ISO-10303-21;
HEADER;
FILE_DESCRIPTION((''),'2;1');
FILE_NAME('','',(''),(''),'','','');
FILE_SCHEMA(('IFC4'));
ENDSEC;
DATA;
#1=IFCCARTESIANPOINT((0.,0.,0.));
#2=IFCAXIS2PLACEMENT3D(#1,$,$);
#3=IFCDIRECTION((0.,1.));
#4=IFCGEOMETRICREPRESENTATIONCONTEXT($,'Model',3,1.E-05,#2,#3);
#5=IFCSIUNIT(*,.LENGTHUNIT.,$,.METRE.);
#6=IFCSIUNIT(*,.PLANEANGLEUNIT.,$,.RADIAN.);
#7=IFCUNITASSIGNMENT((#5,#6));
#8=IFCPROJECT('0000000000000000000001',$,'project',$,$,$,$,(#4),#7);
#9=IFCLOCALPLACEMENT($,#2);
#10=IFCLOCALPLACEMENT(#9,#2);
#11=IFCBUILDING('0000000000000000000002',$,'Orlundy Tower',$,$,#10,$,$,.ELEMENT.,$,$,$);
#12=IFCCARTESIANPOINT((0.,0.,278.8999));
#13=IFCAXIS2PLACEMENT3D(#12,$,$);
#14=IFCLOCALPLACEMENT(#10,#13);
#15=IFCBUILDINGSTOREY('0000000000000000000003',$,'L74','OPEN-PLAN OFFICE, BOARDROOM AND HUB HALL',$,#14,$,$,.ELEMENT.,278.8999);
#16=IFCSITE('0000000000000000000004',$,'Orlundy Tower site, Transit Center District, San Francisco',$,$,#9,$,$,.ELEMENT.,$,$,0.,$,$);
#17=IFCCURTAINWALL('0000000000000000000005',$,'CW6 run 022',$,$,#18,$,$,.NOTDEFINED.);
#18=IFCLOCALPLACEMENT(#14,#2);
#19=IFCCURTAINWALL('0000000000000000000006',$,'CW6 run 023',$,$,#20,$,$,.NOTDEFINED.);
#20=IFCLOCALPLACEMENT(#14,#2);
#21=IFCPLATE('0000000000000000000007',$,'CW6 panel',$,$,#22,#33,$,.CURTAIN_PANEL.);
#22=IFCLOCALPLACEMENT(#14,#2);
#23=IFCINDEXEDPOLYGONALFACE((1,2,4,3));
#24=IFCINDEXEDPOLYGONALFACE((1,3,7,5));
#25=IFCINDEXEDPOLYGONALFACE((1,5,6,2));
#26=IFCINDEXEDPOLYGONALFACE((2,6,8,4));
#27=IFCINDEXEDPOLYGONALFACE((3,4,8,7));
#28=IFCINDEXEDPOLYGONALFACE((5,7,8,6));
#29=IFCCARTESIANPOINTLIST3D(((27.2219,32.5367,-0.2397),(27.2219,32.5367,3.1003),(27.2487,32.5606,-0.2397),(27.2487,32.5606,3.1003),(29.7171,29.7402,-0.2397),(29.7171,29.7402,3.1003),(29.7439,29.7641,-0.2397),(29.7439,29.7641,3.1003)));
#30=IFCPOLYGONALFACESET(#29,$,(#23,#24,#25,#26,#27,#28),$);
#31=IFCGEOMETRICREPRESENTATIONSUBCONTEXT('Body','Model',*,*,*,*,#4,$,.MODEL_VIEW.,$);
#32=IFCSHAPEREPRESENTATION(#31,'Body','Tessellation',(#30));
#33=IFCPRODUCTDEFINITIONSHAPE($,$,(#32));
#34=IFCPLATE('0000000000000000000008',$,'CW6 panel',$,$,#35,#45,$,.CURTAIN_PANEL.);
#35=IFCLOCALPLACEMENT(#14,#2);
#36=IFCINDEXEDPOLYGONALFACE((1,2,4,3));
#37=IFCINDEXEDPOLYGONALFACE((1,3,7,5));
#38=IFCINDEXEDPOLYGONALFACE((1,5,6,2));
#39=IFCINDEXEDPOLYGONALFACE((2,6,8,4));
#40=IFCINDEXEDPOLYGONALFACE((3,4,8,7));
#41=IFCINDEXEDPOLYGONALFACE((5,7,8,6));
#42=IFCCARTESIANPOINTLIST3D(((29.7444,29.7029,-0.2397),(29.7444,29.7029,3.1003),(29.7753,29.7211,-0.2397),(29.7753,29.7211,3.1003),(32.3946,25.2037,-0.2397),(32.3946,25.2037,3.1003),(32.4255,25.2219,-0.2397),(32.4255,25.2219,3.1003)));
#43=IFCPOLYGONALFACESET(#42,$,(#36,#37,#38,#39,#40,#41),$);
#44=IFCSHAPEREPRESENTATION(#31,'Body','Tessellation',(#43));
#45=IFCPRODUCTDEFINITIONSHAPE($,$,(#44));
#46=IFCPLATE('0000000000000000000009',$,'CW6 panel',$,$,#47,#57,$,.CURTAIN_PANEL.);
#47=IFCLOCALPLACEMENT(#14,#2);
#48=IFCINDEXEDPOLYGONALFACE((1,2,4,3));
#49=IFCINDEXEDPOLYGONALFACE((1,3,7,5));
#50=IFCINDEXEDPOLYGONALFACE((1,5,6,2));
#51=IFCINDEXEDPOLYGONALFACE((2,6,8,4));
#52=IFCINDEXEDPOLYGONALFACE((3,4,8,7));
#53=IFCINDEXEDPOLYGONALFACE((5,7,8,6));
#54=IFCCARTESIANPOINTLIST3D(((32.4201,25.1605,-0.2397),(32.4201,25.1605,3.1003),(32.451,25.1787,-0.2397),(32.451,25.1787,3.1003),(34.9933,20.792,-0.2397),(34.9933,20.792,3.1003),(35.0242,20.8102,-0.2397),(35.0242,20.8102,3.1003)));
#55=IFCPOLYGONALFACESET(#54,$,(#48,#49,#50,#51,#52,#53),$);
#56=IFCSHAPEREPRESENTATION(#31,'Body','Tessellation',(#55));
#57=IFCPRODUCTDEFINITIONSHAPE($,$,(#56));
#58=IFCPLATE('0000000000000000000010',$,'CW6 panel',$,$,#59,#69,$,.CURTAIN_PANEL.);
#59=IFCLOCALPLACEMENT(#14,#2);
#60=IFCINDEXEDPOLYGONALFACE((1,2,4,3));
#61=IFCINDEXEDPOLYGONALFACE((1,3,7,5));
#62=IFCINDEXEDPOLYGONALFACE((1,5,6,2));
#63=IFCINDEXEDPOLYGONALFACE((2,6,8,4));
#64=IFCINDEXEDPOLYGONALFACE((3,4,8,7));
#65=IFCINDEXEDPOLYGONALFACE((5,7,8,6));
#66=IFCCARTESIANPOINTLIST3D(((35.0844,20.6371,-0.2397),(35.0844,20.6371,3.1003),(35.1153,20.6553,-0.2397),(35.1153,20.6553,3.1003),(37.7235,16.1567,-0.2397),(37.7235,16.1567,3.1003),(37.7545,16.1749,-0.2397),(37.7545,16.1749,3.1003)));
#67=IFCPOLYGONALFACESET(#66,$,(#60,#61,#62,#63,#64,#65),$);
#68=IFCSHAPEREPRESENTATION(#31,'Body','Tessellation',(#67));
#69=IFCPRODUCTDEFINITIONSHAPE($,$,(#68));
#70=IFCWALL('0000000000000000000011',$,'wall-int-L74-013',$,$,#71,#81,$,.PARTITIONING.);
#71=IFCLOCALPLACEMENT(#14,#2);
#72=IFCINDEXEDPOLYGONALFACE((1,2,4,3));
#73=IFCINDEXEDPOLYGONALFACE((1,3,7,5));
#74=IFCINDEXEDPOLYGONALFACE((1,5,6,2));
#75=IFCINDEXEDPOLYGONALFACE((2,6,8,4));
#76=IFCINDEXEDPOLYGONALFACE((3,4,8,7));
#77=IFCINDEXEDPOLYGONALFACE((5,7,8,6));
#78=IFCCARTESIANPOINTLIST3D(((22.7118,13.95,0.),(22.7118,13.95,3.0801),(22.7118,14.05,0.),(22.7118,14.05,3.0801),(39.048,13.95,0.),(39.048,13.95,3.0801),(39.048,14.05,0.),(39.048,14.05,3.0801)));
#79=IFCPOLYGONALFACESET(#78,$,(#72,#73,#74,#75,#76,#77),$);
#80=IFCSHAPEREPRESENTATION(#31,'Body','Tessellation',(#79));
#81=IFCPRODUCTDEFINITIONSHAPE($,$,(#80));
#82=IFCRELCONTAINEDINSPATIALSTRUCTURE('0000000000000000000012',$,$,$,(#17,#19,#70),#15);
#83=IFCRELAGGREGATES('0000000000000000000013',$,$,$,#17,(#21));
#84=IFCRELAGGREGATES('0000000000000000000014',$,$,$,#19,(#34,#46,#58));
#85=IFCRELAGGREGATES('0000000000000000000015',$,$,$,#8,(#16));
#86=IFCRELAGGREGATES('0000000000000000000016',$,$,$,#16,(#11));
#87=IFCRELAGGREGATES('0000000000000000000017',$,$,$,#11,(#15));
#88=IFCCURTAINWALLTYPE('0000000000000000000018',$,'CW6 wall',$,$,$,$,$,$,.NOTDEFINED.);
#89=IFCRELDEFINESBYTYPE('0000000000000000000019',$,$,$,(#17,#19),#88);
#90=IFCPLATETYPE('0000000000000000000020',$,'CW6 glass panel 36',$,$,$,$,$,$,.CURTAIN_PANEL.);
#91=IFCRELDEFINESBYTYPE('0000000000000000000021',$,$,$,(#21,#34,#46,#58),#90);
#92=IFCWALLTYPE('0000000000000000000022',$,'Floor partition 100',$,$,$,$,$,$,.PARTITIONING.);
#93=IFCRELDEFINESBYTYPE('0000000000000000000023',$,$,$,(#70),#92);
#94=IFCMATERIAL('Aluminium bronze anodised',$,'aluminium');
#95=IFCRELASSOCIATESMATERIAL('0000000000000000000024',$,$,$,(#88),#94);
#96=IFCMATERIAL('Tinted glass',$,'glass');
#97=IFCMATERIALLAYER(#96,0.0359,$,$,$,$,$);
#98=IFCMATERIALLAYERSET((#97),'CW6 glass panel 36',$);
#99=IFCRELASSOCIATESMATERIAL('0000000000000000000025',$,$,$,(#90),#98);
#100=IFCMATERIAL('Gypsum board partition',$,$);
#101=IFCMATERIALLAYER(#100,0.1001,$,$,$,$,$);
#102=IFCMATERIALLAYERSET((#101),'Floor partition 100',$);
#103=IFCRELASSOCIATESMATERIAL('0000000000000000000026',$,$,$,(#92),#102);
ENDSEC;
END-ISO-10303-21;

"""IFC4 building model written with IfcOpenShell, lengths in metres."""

from ifc_helpers import new_model, si_unit, direction, frame, frame_2d, origin, origin_2d, place, context, subcontext, project, spatial, rectangle, extrude, material, layer, layer_set, type_object, element, aggregate, save


model = new_model("IFC4")

# Units and contexts
model_context = context("Model", 3, precision=1e-05, world=origin(), true_north=direction((0.0, 1.0)))
body_context = subcontext(model_context, "Body", "Model", "MODEL_VIEW")
ifc_project = project(units=[si_unit("LENGTHUNIT", "METRE"), si_unit("PLANEANGLEUNIT", "RADIAN")], contexts=[model_context])

# Site, building, storey
site_placement = place(None, origin())
site = spatial("IfcSite", under=ifc_project, at=site_placement, Name="Orlundy Tower site, Transit Center District, San Francisco", CompositionType="ELEMENT", RefElevation=0.0)
building_placement = place(site_placement, origin())
building = spatial("IfcBuilding", under=site, at=building_placement, Name="Orlundy Tower", CompositionType="ELEMENT")
storey_placement = place(building_placement, frame((0.0, 0.0, 278.8999)))
storey = spatial("IfcBuildingStorey", under=building, at=storey_placement, Name="L74", Description="OPEN-PLAN OFFICE, BOARDROOM AND HUB HALL", CompositionType="ELEMENT", Elevation=278.8999)

# Curtain wall
ifc_material_1 = material(Name="Aluminium bronze anodised", Category="aluminium")
curtain_wall_type = type_object("IfcCurtainWallType", Name="CW6 wall", PredefinedType="NOTDEFINED", material=ifc_material_1)
curtain_wall_1_placement = place(storey_placement, origin())
curtain_wall_1 = element("IfcCurtainWall", 1, at=curtain_wall_1_placement, inside=storey, type_object=curtain_wall_type, Name="CW6 run 022", PredefinedType="NOTDEFINED")

# Curtain wall
curtain_wall_2_placement = place(storey_placement, origin())
curtain_wall_2 = element("IfcCurtainWall", 2, at=curtain_wall_2_placement, inside=storey, type_object=curtain_wall_type, Name="CW6 run 023", PredefinedType="NOTDEFINED")

# Plates
ifc_material_2 = material(Name="Tinted glass", Category="glass")
ifc_layer_1 = layer(ifc_material_2, 0.0359)
ifc_layer_set_1 = layer_set([ifc_layer_1], Name="CW6 glass panel 36")
plate_type = type_object("IfcPlateType", Name="CW6 glass panel 36", PredefinedType="CURTAIN_PANEL", material=ifc_layer_set_1)
plate_1_placement = place(storey_placement, frame((28.4829, 31.1504, -0.2397), z_axis=(0.0, 0.0, 1.0), x_axis=(0.665769, -0.746158, 0.0)))
plate_1 = element("IfcPlate", 3, at=plate_1_placement, type_object=plate_type, Name="CW6 panel", PredefinedType="CURTAIN_PANEL", context=body_context, shape_type="SweptSolid", body=[
    extrude(rectangle(XDim=3.7478, YDim=0.0359, at=origin_2d()), origin(), (0.0, 0.0, 1.0), 3.3401),
])
aggregate(curtain_wall_1, [plate_1])
plate_2_placement = place(storey_placement, frame((31.085, 27.4624, -0.2397), z_axis=(0.0, 0.0, 1.0), x_axis=(0.507532, -0.861633, 0.0)))
plate_2 = element("IfcPlate", 4, at=plate_2_placement, type_object=plate_type, Name="CW6 panel", PredefinedType="CURTAIN_PANEL", context=body_context, shape_type="SweptSolid", body=[
    extrude(rectangle(XDim=5.2217, YDim=0.0359, at=origin_2d()), origin(), (0.0, 0.0, 1.0), 3.3401),
])
plate_3_placement = place(storey_placement, frame((33.7222, 22.9854, -0.2397), z_axis=(0.0, 0.0, 1.0), x_axis=(0.507532, -0.861633, 0.0)))
plate_3 = element("IfcPlate", 5, at=plate_3_placement, type_object=plate_type, Name="CW6 panel", PredefinedType="CURTAIN_PANEL", context=body_context, shape_type="SweptSolid", body=[
    extrude(rectangle(XDim=5.0701, YDim=0.0359, at=origin_2d()), origin(), (0.0, 0.0, 1.0), 3.3401),
])
plate_4_placement = place(storey_placement, frame((36.4194, 18.406, -0.2397), z_axis=(0.0, 0.0, 1.0), x_axis=(0.507532, -0.861633, 0.0)))
plate_4 = element("IfcPlate", 6, at=plate_4_placement, type_object=plate_type, Name="CW6 panel", PredefinedType="CURTAIN_PANEL", context=body_context, shape_type="SweptSolid", body=[
    extrude(rectangle(XDim=5.2, YDim=0.0359, at=origin_2d()), origin(), (0.0, 0.0, 1.0), 3.3401),
])
aggregate(curtain_wall_2, [plate_2, plate_3, plate_4])

# Wall
ifc_material_3 = material(Name="Gypsum board partition")
ifc_layer_2 = layer(ifc_material_3, 0.1001)
ifc_layer_set_2 = layer_set([ifc_layer_2], Name="Floor partition 100")
wall_type = type_object("IfcWallType", Name="Floor partition 100", PredefinedType="PARTITIONING", material=ifc_layer_set_2)
wall_placement = place(storey_placement, frame((22.7119, 14.0, 0.0), z_axis=(0.0, 0.0, 1.0), x_axis=(1.0, 0.0, 0.0)))
element("IfcWall", 7, at=wall_placement, inside=storey, type_object=wall_type, Name="wall-int-L74-013", PredefinedType="PARTITIONING", context=body_context, shape_type="SweptSolid", body=[
    extrude(rectangle(XDim=16.3362, YDim=0.1001, at=frame_2d((8.168, 0.0))), origin(), (0.0, 0.0, 1.0), 3.0801),
])

save(model, "model.ifc")
